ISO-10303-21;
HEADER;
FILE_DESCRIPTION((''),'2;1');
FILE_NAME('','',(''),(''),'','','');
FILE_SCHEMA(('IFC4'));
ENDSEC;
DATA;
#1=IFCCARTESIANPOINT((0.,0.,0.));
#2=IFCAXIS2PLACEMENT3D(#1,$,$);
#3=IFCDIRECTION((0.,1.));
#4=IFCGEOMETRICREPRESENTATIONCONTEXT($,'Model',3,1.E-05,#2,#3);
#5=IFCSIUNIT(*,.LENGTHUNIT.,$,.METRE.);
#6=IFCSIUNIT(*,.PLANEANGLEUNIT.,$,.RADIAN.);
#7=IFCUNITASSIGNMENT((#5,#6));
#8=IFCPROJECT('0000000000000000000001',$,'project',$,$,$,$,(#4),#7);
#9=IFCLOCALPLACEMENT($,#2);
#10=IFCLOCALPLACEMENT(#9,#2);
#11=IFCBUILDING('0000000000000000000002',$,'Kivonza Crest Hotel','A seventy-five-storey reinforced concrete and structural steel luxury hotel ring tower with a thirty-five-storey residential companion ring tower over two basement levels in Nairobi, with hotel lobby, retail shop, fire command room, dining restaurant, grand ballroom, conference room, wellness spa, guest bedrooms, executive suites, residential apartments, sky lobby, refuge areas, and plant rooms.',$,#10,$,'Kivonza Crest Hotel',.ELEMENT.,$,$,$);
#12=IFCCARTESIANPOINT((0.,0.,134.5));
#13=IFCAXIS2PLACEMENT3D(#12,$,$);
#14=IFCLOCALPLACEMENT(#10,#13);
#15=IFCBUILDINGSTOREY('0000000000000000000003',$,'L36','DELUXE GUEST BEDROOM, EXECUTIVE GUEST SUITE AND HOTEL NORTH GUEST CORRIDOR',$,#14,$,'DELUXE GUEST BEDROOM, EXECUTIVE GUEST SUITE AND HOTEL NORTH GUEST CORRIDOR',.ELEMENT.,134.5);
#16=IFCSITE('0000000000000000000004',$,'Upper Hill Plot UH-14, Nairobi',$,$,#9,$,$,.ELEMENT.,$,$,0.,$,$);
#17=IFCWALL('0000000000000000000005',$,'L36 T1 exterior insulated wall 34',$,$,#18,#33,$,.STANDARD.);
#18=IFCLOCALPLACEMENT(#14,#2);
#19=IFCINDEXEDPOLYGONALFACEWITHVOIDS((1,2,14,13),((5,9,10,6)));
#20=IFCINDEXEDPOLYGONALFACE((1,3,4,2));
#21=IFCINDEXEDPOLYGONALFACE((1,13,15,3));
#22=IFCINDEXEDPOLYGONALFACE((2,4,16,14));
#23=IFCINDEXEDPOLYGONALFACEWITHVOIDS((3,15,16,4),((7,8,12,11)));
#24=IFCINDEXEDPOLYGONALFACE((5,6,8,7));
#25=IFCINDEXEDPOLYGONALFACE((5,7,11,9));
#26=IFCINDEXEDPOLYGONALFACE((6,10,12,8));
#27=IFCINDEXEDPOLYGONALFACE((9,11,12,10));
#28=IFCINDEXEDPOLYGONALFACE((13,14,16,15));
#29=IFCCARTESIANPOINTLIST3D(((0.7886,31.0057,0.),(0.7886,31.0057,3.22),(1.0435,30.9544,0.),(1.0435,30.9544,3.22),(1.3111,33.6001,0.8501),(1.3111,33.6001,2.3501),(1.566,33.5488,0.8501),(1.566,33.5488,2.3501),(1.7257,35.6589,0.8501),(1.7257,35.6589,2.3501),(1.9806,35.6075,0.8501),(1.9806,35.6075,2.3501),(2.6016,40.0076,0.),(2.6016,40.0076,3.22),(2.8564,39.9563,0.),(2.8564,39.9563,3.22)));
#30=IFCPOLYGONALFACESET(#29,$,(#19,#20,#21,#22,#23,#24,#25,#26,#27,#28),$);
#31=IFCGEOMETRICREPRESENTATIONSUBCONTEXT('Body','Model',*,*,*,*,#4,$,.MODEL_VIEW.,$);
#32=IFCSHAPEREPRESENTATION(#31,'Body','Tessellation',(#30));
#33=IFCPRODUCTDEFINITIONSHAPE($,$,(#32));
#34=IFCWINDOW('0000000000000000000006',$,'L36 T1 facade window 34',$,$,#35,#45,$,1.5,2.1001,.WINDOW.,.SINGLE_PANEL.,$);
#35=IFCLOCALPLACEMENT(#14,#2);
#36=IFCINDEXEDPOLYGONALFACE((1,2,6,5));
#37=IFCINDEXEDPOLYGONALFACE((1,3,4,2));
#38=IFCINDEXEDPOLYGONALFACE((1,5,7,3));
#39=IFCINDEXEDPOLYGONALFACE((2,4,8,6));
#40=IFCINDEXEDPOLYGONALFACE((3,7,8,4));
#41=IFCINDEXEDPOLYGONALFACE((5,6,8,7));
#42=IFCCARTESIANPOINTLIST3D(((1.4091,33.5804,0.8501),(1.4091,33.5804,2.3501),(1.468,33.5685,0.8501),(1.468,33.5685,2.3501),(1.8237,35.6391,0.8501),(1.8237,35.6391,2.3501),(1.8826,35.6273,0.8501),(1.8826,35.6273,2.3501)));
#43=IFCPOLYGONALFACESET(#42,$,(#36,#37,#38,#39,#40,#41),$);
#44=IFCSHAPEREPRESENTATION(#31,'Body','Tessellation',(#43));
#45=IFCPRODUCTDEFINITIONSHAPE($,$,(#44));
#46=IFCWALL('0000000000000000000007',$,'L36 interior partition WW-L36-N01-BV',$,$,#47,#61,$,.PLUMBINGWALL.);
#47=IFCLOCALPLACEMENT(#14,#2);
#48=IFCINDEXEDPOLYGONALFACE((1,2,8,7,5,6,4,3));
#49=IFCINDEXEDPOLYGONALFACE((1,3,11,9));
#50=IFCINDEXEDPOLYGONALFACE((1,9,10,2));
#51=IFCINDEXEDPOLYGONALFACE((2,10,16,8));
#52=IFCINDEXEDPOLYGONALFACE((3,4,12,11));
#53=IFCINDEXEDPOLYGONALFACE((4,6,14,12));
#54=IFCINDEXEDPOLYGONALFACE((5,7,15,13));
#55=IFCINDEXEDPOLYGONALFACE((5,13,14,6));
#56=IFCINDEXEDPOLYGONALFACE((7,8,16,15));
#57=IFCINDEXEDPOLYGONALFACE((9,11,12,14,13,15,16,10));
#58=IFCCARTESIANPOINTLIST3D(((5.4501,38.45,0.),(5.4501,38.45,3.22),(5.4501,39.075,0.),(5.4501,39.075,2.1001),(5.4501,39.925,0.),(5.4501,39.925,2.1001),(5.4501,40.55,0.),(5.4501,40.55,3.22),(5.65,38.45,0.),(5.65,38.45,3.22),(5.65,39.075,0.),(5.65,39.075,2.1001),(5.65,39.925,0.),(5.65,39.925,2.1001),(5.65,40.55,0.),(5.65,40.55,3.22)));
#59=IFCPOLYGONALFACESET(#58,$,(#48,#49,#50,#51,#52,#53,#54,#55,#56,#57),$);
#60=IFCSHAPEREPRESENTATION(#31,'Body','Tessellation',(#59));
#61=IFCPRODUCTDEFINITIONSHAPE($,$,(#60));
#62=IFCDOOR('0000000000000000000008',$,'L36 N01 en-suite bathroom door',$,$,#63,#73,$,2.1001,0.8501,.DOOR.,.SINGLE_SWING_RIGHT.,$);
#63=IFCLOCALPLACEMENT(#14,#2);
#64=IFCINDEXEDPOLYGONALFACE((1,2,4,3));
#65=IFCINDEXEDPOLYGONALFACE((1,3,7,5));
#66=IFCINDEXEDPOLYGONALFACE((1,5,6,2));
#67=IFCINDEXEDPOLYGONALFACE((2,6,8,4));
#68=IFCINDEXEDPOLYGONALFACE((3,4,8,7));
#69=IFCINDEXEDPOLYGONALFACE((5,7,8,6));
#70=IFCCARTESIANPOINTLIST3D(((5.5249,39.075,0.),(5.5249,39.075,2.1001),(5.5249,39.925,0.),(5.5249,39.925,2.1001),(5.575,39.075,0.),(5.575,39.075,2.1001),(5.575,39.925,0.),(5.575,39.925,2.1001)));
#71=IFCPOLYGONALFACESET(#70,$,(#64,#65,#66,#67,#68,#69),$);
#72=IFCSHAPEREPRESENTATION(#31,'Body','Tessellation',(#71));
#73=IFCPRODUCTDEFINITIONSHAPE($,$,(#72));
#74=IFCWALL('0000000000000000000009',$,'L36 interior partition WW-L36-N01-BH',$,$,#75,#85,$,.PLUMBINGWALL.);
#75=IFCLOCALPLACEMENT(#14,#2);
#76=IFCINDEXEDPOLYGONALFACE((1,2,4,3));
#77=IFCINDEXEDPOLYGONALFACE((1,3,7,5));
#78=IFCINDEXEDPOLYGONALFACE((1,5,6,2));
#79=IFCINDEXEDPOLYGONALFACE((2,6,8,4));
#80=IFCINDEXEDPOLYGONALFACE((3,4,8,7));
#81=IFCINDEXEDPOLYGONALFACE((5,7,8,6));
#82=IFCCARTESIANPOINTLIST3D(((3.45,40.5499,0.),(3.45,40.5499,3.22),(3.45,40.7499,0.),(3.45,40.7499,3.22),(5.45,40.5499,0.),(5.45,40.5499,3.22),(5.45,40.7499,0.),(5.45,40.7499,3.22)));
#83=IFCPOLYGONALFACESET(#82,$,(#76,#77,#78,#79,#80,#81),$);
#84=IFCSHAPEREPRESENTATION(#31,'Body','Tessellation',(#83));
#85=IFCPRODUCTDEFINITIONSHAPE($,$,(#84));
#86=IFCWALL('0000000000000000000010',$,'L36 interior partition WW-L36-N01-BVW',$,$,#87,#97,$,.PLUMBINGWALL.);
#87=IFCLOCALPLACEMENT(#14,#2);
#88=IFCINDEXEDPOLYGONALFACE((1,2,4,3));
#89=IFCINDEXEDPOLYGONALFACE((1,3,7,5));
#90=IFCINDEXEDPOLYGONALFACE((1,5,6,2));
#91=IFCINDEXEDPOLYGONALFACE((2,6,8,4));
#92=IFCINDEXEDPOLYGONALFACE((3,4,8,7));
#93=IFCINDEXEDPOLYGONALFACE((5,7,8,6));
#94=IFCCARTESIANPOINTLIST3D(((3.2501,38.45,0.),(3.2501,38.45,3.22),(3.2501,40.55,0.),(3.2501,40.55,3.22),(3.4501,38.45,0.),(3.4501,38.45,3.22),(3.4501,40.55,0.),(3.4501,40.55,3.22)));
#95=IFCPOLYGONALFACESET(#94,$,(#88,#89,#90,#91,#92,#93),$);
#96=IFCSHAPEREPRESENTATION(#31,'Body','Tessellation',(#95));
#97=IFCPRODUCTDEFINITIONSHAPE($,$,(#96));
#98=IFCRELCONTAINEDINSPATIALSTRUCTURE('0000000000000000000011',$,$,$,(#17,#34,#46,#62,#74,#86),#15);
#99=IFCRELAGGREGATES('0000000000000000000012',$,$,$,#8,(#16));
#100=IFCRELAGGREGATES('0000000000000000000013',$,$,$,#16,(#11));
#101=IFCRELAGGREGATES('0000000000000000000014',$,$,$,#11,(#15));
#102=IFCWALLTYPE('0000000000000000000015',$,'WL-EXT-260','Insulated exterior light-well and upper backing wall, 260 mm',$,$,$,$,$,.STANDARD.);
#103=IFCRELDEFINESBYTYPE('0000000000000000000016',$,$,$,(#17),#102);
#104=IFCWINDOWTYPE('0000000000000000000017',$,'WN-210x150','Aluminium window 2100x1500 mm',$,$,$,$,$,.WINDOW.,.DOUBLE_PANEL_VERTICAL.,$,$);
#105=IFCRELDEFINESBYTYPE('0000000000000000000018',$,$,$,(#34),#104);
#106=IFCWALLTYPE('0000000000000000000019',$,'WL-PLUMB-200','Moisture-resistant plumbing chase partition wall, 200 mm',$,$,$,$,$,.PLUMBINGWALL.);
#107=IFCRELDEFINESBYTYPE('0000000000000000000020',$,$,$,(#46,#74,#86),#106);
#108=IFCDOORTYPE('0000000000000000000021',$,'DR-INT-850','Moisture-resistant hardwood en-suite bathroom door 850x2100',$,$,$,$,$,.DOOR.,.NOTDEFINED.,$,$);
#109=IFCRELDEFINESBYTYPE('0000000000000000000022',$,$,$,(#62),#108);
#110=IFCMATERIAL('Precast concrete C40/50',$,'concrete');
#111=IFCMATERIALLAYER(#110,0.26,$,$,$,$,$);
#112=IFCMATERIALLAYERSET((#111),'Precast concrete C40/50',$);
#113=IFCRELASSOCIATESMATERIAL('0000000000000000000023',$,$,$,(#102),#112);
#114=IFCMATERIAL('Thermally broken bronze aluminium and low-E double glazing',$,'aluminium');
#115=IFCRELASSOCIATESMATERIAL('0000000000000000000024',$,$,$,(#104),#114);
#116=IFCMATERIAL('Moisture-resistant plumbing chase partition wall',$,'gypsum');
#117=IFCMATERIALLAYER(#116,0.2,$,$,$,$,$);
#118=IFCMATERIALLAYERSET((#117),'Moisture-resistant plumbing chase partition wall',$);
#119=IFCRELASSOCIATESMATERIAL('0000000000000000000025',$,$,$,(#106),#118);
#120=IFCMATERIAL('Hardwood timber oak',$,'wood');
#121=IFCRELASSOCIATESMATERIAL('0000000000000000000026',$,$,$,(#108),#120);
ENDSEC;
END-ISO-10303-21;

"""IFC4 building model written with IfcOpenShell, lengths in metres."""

from ifc_helpers import new_model, si_unit, direction, frame, frame_2d, origin, place, context, subcontext, project, spatial, rectangle, extrude, material, layer, layer_set, type_object, element, fill, save


model = new_model("IFC4")

# Units and contexts
model_context = context("Model", 3, precision=1e-05, world=origin(), true_north=direction((0.0, 1.0)))
body_context = subcontext(model_context, "Body", "Model", "MODEL_VIEW")
ifc_project = project(units=[si_unit("LENGTHUNIT", "METRE"), si_unit("PLANEANGLEUNIT", "RADIAN")], contexts=[model_context])

# Site, building, storey
site_placement = place(None, origin())
site = spatial("IfcSite", under=ifc_project, at=site_placement, Name="Upper Hill Plot UH-14, Nairobi", CompositionType="ELEMENT", RefElevation=0.0)
building_placement = place(site_placement, origin())
building = spatial("IfcBuilding", under=site, at=building_placement, Name="Kivonza Crest Hotel", Description="A seventy-five-storey reinforced concrete and structural steel luxury hotel ring tower with a thirty-five-storey residential companion ring tower over two basement levels in Nairobi, with hotel lobby, retail shop, fire command room, dining restaurant, grand ballroom, conference room, wellness spa, guest bedrooms, executive suites, residential apartments, sky lobby, refuge areas, and plant rooms.", LongName="Kivonza Crest Hotel", CompositionType="ELEMENT")
storey_placement = place(building_placement, frame((0.0, 0.0, 134.5)))
storey = spatial("IfcBuildingStorey", under=building, at=storey_placement, Name="L36", Description="DELUXE GUEST BEDROOM, EXECUTIVE GUEST SUITE AND HOTEL NORTH GUEST CORRIDOR", LongName="DELUXE GUEST BEDROOM, EXECUTIVE GUEST SUITE AND HOTEL NORTH GUEST CORRIDOR", CompositionType="ELEMENT", Elevation=134.5)

# Shared definitions
ifc_material_1 = material(Name="Hardwood timber oak", Category="wood")

# Shared definitions
ifc_material_2 = material(Name="Precast concrete C40/50", Category="concrete")
ifc_layer_1 = layer(ifc_material_2, 0.26)
ifc_layer_set_1 = layer_set([ifc_layer_1], Name="Precast concrete C40/50")
wall_type_1 = type_object("IfcWallType", Name="WL-EXT-260", Description="Insulated exterior light-well and upper backing wall, 260 mm", PredefinedType="STANDARD", material=ifc_layer_set_1)

# Wall, opening, window
ifc_material_3 = material(Name="Thermally broken bronze aluminium and low-E double glazing", Category="aluminium")
wall_1_placement = place(storey_placement, frame((2.729, 39.9819, 0.0), z_axis=(0.0, 0.0, 1.0), x_axis=(-0.197435, -0.980316, 0.0)))
wall_1 = element("IfcWall", 1, at=wall_1_placement, inside=storey, type_object=wall_type_1, Name="L36 T1 exterior insulated wall 34", PredefinedType="STANDARD", context=body_context, shape_type="SweptSolid", body=[
    extrude(rectangle(XDim=9.1826, YDim=0.26, at=frame_2d((4.5913, 0.0))), origin(), (0.0, 0.0, 1.0), 3.22),
])
opening_1_placement = place(wall_1_placement, frame((4.436, 0.0, 0.8501)))
opening_1 = element("IfcOpeningElement", 2, at=opening_1_placement, cuts=wall_1, PredefinedType="OPENING", context=body_context, shape_type="SweptSolid", body=[
    extrude(rectangle(XDim=2.1001, YDim=1.5, at=frame_2d((1.05, 0.75))), frame((0.0, 0.1401, 0.0), z_axis=(0.0, -1.0, 0.0), x_axis=(1.0, 0.0, 0.0)), (0.0, 0.0, 1.0), 0.28),
])
window_type_1 = type_object("IfcWindowType", Name="WN-210x150", Description="Aluminium window 2100x1500 mm", PartitioningType="DOUBLE_PANEL_VERTICAL", PredefinedType="WINDOW", material=ifc_material_3)
window_1_placement = place(opening_1_placement, origin())
window_1 = element("IfcWindow", 3, at=window_1_placement, inside=storey, type_object=window_type_1, Name="L36 T1 facade window 34", OverallHeight=1.5, OverallWidth=2.1001, PartitioningType="SINGLE_PANEL", PredefinedType="WINDOW", context=body_context, shape_type="SweptSolid", body=[
    extrude(rectangle(XDim=2.1001, YDim=1.5, at=frame_2d((1.05, 0.75))), frame((0.0, 0.03, 0.0), z_axis=(0.0, -1.0, 0.0), x_axis=(1.0, 0.0, 0.0)), (0.0, 0.0, 1.0), 0.0601),
])
fill(opening_1, window_1)

# Wall, opening, door
ifc_material_4 = material(Name="Moisture-resistant plumbing chase partition wall", Category="gypsum")
ifc_layer_2 = layer(ifc_material_4, 0.2)
ifc_layer_set_2 = layer_set([ifc_layer_2], Name="Moisture-resistant plumbing chase partition wall")
wall_type_2 = type_object("IfcWallType", Name="WL-PLUMB-200", Description="Moisture-resistant plumbing chase partition wall, 200 mm", PredefinedType="PLUMBINGWALL", material=ifc_layer_set_2)
wall_2_placement = place(storey_placement, frame((5.55, 38.45, 0.0), z_axis=(0.0, 0.0, 1.0), x_axis=(0.0, 1.0, 0.0)))
wall_2 = element("IfcWall", 4, at=wall_2_placement, inside=storey, type_object=wall_type_2, Name="L36 interior partition WW-L36-N01-BV", PredefinedType="PLUMBINGWALL", context=body_context, shape_type="SweptSolid", body=[
    extrude(rectangle(XDim=2.1001, YDim=0.2, at=frame_2d((1.05, 0.0))), origin(), (0.0, 0.0, 1.0), 3.22),
])
opening_2_placement = place(wall_2_placement, frame((0.625, 0.0, 0.0)))
opening_2 = element("IfcOpeningElement", 5, at=opening_2_placement, cuts=wall_2, PredefinedType="OPENING", context=body_context, shape_type="SweptSolid", body=[
    extrude(rectangle(XDim=0.8501, YDim=2.1001, at=frame_2d((0.425, 1.05))), frame((0.0, 0.1099, 0.0), z_axis=(0.0, -1.0, 0.0), x_axis=(1.0, 0.0, 0.0)), (0.0, 0.0, 1.0), 0.22),
])
door_type_1 = type_object("IfcDoorType", Name="DR-INT-850", Description="Moisture-resistant hardwood en-suite bathroom door 850x2100", OperationType="NOTDEFINED", PredefinedType="DOOR", material=ifc_material_1)
door_1_placement = place(opening_2_placement, frame((0.8501, 0.0, 0.0), z_axis=(0.0, 0.0, 1.0), x_axis=(-1.0, 0.0, 0.0)))
door_1 = element("IfcDoor", 6, at=door_1_placement, inside=storey, type_object=door_type_1, Name="L36 N01 en-suite bathroom door", OperationType="SINGLE_SWING_RIGHT", OverallHeight=2.1001, OverallWidth=0.8501, PredefinedType="DOOR", context=body_context, shape_type="SweptSolid", body=[
    extrude(rectangle(XDim=0.8501, YDim=2.1001, at=frame_2d((0.425, 1.05))), frame((0.0, 0.0249, 0.0), z_axis=(0.0, -1.0, 0.0), x_axis=(1.0, 0.0, 0.0)), (0.0, 0.0, 1.0), 0.05),
])
fill(opening_2, door_1)

# Walls
wall_3_placement = place(storey_placement, frame((3.45, 40.6499, 0.0), z_axis=(0.0, 0.0, 1.0), x_axis=(1.0, 0.0, 0.0)))
element("IfcWall", 7, at=wall_3_placement, inside=storey, type_object=wall_type_2, Name="L36 interior partition WW-L36-N01-BH", PredefinedType="PLUMBINGWALL", context=body_context, shape_type="SweptSolid", body=[
    extrude(rectangle(XDim=2.0, YDim=0.2, at=frame_2d((1.0, 0.0))), origin(), (0.0, 0.0, 1.0), 3.22),
])
wall_4_placement = place(storey_placement, frame((3.3501, 38.45, 0.0), z_axis=(0.0, 0.0, 1.0), x_axis=(0.0, 1.0, 0.0)))
element("IfcWall", 8, at=wall_4_placement, inside=storey, type_object=wall_type_2, Name="L36 interior partition WW-L36-N01-BVW", PredefinedType="PLUMBINGWALL", context=body_context, shape_type="SweptSolid", body=[
    extrude(rectangle(XDim=2.1001, YDim=0.2, at=frame_2d((1.05, 0.0))), origin(), (0.0, 0.0, 1.0), 3.22),
])

save(model, "model.ifc")
